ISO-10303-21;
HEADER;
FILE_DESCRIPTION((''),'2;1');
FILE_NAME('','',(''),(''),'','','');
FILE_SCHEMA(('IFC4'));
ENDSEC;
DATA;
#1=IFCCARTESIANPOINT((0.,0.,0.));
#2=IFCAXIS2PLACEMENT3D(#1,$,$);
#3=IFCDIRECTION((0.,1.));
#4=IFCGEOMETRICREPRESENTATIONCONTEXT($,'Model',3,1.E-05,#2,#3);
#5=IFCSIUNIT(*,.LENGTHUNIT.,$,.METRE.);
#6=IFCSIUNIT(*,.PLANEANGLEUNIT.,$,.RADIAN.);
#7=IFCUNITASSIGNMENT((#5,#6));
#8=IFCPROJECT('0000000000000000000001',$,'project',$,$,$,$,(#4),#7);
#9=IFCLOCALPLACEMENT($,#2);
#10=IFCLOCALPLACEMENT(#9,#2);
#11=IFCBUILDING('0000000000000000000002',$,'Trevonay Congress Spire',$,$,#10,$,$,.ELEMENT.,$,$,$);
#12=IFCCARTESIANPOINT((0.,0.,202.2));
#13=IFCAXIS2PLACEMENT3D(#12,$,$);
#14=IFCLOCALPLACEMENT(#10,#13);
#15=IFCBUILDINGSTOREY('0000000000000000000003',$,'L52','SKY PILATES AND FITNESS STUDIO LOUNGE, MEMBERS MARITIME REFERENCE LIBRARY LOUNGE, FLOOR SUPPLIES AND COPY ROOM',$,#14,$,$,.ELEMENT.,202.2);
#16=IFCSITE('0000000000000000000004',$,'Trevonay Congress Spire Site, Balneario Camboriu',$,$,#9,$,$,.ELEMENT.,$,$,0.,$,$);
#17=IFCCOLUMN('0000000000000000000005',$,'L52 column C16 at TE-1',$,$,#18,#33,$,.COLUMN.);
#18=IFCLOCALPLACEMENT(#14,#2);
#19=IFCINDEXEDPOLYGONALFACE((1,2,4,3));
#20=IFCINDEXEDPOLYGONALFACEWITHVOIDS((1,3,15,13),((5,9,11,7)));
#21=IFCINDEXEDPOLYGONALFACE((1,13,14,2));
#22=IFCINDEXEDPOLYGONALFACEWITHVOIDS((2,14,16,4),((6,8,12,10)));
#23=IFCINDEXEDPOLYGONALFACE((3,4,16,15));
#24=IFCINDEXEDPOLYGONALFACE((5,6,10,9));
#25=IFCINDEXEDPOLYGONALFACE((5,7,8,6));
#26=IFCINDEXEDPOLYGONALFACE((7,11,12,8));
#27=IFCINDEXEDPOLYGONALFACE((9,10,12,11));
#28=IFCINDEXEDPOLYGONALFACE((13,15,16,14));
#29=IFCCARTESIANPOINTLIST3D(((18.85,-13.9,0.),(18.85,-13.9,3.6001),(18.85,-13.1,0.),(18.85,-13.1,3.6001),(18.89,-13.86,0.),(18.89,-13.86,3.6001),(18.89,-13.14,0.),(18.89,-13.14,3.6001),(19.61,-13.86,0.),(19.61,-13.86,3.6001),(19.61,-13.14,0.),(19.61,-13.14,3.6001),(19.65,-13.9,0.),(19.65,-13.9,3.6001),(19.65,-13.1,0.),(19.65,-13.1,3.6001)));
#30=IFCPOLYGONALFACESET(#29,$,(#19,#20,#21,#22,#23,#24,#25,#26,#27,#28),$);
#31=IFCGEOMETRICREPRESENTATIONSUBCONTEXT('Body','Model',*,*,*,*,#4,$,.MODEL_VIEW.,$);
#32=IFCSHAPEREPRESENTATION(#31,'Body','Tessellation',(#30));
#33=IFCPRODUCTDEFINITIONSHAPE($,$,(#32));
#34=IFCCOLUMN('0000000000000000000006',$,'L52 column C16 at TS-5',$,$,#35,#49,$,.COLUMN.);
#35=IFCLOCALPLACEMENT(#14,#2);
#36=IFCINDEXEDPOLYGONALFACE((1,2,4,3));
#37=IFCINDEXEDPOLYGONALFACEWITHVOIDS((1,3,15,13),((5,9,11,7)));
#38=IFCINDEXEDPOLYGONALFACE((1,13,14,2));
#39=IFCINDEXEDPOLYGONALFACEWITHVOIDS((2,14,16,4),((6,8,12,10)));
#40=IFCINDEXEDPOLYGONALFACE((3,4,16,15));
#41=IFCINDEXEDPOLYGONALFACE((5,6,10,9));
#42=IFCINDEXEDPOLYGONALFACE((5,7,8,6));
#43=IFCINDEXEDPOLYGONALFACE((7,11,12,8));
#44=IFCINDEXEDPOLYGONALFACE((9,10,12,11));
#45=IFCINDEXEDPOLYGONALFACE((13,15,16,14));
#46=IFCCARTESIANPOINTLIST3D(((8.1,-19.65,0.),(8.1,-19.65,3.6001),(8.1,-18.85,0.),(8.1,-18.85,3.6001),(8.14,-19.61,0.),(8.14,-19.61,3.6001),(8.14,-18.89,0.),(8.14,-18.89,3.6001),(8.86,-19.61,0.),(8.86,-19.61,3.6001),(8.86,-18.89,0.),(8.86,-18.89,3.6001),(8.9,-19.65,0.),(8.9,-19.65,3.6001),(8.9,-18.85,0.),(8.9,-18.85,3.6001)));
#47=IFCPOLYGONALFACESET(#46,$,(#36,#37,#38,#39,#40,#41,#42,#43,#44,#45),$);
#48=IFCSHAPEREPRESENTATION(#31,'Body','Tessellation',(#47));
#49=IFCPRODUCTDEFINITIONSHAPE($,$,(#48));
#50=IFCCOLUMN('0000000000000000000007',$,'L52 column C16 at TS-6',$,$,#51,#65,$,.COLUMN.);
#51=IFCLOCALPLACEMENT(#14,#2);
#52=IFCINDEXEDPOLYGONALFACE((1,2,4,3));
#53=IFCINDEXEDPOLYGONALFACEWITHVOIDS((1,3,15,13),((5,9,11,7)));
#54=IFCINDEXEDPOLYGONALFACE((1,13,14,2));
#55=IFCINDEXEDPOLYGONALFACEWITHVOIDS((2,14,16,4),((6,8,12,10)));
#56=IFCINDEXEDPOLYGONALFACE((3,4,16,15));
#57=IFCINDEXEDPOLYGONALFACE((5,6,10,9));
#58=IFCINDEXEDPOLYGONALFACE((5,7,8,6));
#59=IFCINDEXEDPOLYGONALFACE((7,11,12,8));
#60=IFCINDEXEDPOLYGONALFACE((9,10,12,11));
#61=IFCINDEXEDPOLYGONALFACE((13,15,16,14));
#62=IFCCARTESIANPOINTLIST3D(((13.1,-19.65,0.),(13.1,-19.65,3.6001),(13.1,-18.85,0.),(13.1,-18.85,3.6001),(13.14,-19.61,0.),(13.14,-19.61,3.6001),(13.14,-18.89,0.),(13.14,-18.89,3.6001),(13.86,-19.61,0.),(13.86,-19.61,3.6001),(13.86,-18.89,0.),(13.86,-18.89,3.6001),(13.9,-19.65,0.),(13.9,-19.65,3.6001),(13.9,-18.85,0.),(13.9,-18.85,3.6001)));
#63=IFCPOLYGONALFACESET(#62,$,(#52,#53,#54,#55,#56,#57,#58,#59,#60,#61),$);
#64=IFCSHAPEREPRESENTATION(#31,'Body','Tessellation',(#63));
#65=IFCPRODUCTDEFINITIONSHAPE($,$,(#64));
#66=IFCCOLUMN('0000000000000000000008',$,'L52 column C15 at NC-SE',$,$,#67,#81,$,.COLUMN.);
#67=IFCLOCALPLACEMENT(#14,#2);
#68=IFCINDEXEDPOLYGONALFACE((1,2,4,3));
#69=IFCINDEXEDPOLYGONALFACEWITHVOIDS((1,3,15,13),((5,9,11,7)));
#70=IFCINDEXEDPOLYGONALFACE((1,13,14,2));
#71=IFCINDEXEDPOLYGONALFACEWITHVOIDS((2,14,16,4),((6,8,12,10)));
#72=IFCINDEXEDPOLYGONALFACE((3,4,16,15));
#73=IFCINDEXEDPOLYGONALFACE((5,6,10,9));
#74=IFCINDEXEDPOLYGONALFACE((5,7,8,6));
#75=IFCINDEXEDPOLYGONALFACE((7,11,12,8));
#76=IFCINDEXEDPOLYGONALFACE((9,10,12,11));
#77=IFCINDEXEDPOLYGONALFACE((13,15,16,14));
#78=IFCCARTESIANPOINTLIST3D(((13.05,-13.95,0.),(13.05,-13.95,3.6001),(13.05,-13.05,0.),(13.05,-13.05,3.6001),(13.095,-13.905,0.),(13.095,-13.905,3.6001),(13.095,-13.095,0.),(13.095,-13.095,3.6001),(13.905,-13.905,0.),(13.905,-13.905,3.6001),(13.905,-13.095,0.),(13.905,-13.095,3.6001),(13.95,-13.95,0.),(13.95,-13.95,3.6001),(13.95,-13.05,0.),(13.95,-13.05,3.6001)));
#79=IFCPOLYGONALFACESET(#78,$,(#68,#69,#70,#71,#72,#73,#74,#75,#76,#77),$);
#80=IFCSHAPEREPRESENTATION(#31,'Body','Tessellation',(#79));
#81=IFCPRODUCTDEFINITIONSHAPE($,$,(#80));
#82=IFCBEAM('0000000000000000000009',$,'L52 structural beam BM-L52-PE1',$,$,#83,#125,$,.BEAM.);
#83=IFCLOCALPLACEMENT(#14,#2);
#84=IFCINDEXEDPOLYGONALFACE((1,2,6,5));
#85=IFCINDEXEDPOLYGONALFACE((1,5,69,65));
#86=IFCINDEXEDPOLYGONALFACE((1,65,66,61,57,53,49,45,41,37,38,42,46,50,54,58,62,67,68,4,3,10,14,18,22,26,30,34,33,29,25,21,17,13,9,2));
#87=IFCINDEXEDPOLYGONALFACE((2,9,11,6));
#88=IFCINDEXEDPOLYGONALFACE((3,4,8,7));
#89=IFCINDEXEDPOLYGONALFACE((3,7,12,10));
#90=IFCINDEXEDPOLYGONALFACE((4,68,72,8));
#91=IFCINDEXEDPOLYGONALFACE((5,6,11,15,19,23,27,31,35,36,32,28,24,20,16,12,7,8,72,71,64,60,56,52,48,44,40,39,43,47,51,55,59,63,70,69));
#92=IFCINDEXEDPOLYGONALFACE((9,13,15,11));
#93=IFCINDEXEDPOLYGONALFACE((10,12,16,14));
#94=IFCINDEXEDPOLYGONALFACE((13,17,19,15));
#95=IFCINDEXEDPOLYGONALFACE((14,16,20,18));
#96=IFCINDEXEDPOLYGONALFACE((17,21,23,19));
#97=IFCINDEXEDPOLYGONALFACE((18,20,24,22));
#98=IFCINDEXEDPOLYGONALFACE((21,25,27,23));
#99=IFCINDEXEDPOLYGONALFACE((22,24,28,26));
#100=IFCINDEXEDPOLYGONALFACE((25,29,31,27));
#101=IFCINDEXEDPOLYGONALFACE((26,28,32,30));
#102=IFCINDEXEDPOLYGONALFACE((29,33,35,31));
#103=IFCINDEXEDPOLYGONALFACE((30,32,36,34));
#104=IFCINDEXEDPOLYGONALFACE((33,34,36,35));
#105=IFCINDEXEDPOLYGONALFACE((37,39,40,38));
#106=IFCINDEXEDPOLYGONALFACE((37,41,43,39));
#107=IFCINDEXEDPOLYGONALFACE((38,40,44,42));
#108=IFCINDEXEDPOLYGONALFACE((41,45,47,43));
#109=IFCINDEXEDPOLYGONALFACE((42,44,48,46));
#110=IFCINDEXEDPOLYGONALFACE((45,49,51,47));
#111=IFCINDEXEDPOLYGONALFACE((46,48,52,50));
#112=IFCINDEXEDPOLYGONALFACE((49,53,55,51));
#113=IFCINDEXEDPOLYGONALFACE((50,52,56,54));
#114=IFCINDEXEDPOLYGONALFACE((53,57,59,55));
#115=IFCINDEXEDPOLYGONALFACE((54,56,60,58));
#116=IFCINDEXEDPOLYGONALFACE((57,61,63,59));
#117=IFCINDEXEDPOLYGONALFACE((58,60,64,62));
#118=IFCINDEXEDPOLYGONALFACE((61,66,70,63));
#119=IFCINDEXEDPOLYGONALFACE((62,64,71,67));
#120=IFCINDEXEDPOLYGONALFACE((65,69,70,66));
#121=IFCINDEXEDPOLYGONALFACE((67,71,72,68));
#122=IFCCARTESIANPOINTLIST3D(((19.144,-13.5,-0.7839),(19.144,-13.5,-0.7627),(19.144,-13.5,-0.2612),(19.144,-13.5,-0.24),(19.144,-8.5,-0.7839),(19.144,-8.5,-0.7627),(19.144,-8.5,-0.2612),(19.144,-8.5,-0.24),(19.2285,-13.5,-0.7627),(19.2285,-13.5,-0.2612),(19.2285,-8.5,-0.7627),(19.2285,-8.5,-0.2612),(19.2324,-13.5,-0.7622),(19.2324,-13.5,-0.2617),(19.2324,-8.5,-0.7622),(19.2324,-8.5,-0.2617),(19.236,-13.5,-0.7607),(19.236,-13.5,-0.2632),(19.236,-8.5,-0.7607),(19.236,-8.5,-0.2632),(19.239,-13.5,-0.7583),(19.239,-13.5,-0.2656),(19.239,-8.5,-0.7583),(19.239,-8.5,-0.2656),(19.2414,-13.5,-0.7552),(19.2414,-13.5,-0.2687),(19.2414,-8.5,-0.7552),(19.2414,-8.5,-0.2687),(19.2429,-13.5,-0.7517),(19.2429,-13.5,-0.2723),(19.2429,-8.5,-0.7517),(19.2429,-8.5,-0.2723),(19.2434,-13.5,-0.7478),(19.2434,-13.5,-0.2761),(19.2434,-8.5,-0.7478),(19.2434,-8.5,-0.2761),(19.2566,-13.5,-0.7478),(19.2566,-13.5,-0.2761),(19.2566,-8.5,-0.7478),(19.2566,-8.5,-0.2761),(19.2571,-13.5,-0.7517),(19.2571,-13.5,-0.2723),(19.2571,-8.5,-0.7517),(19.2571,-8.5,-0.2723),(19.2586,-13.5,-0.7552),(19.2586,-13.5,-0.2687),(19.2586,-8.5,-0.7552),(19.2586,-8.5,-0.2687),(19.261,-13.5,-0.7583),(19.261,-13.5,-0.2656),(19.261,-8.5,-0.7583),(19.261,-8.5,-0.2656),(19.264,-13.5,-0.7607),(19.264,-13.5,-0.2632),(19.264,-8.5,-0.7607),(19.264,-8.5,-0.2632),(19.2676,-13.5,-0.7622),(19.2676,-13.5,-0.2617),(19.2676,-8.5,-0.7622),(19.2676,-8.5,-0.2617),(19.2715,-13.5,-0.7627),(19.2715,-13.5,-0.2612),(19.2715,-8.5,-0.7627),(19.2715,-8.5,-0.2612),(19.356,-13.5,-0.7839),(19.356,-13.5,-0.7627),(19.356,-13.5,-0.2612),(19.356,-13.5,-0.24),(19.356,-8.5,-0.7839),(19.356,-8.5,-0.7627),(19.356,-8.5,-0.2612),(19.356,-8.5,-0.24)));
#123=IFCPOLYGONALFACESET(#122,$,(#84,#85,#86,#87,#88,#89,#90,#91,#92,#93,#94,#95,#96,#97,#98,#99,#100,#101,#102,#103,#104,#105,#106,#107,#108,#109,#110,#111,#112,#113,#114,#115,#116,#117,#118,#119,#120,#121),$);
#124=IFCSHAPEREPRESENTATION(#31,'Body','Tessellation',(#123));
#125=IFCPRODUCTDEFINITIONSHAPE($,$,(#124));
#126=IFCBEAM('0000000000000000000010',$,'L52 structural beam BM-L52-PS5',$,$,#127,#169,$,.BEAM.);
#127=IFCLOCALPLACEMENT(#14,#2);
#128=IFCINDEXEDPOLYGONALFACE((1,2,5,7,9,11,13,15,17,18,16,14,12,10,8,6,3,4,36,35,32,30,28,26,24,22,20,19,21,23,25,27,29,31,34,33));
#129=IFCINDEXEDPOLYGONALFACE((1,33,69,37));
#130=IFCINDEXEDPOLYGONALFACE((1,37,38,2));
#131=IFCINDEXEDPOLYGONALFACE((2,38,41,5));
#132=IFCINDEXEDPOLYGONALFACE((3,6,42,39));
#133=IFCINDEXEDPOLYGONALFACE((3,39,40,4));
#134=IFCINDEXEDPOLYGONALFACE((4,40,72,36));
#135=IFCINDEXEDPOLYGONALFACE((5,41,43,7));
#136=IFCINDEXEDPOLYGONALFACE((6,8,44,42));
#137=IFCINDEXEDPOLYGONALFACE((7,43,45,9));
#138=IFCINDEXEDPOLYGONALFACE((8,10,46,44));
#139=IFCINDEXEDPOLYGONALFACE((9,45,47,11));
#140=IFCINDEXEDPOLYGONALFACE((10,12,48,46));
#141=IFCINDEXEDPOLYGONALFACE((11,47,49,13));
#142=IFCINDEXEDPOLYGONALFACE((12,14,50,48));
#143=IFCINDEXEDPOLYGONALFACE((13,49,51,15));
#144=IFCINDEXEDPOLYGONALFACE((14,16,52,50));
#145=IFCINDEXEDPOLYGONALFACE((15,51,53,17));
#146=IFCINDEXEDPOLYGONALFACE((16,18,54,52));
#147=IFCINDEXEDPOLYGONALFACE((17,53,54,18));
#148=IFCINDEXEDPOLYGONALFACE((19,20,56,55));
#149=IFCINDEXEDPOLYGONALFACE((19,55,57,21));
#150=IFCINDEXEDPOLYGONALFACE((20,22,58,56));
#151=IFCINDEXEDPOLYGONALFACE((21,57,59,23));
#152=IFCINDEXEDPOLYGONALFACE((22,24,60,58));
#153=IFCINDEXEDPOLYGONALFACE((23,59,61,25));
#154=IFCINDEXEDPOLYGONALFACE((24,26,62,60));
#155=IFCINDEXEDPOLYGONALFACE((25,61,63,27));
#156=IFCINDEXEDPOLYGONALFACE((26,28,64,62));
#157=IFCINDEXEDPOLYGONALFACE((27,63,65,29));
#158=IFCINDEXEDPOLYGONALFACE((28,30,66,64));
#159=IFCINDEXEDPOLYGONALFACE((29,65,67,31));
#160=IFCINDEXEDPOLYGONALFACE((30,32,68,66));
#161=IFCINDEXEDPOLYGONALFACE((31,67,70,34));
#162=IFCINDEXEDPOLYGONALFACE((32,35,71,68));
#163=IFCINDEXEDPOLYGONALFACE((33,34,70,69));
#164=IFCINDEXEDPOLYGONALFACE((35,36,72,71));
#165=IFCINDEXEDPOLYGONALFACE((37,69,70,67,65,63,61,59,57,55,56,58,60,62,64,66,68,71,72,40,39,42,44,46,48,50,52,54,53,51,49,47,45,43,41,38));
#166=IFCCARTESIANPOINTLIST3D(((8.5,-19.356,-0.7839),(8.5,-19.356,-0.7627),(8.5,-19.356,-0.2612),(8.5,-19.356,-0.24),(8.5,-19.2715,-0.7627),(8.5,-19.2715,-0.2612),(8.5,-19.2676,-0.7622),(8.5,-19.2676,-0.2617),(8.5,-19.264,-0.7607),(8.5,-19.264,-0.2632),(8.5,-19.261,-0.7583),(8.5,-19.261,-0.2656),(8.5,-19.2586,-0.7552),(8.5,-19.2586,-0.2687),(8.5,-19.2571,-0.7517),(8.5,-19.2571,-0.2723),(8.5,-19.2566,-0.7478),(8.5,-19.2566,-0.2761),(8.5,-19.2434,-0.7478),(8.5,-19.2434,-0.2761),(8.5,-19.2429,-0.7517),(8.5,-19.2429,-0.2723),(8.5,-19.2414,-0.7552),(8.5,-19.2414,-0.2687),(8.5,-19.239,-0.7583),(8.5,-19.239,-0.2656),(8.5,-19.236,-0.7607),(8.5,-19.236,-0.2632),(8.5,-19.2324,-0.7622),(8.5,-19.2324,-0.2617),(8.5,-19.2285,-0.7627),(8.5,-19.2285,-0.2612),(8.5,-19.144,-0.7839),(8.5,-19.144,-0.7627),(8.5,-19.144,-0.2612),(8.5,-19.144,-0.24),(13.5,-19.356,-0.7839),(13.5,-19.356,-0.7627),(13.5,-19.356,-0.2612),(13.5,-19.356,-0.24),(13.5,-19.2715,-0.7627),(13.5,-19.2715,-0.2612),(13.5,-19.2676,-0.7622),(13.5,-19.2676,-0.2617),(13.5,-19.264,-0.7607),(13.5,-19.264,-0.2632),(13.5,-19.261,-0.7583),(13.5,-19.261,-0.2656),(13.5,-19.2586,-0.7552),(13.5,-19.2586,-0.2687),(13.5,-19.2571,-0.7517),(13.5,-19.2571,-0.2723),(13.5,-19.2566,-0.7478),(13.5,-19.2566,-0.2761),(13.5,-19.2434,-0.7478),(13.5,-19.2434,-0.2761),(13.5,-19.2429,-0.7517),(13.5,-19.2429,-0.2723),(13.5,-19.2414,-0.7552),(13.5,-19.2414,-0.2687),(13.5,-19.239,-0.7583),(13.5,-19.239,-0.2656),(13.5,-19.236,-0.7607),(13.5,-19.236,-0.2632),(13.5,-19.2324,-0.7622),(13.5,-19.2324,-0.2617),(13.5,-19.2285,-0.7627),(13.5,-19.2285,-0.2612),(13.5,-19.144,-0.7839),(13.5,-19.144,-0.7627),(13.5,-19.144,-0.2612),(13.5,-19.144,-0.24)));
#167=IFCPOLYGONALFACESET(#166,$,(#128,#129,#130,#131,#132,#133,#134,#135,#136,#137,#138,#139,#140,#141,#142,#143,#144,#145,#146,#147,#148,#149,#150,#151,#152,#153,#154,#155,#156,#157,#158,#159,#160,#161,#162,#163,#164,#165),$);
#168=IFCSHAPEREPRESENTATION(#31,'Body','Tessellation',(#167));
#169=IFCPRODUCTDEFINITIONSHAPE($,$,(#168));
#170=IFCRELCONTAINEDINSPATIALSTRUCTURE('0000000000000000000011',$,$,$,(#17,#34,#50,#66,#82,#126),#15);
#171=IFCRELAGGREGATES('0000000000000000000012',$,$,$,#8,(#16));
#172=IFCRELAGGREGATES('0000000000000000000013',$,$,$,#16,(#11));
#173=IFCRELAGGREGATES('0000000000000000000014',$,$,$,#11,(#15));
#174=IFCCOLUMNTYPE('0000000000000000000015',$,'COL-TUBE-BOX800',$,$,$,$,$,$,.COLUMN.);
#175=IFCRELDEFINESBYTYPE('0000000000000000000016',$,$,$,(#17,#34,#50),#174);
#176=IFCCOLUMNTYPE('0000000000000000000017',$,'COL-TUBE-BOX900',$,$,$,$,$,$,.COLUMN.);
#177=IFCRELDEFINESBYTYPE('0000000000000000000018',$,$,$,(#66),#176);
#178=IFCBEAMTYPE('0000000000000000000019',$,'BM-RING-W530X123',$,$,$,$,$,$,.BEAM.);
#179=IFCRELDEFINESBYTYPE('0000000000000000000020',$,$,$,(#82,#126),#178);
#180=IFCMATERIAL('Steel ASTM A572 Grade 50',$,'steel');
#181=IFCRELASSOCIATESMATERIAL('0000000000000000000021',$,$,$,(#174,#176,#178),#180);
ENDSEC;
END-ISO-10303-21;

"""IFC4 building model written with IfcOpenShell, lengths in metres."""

from ifc_helpers import new_model, si_unit, direction, frame, origin, origin_2d, place, context, subcontext, project, spatial, hollow_rectangle, i_section, extrude, material, material_profile, profile_set, type_object, element, save


model = new_model("IFC4")

# Units and contexts
model_context = context("Model", 3, precision=1e-05, world=origin(), true_north=direction((0.0, 1.0)))
body_context = subcontext(model_context, "Body", "Model", "MODEL_VIEW")
ifc_project = project(units=[si_unit("LENGTHUNIT", "METRE"), si_unit("PLANEANGLEUNIT", "RADIAN")], contexts=[model_context])

# Site, building, storey
site_placement = place(None, origin())
site = spatial("IfcSite", under=ifc_project, at=site_placement, Name="Trevonay Congress Spire Site, Balneario Camboriu", CompositionType="ELEMENT", RefElevation=0.0)
building_placement = place(site_placement, origin())
building = spatial("IfcBuilding", under=site, at=building_placement, Name="Trevonay Congress Spire", CompositionType="ELEMENT")
storey_placement = place(building_placement, frame((0.0, 0.0, 202.2)))
storey = spatial("IfcBuildingStorey", under=building, at=storey_placement, Name="L52", Description="SKY PILATES AND FITNESS STUDIO LOUNGE, MEMBERS MARITIME REFERENCE LIBRARY LOUNGE, FLOOR SUPPLIES AND COPY ROOM", CompositionType="ELEMENT", Elevation=202.2)

# Columns
ifc_material_1 = material(Name="Steel ASTM A572 Grade 50", Category="steel")
ifc_material_profile_1 = material_profile(ifc_material_1, hollow_rectangle(XDim=0.8, YDim=0.8, WallThickness=0.04, at=origin_2d()), Name="BOX 800x800x40")
ifc_profile_set_1 = profile_set([ifc_material_profile_1], Name="Steel ASTM A572 Grade 50")
column_type_1 = type_object("IfcColumnType", Name="COL-TUBE-BOX800", PredefinedType="COLUMN", material=ifc_profile_set_1)
for number, where, z_axis, x_axis, name in (
    (1, (19.25, -13.5, 0.0), (0.0, 0.0, 1.0), (1.0, 0.0, 0.0), "L52 column C16 at TE-1"),
    (2, (8.5, -19.25, 0.0), (0.0, 0.0, 1.0), (1.0, 0.0, 0.0), "L52 column C16 at TS-5"),
    (3, (13.5, -19.25, 0.0), (0.0, 0.0, 1.0), (1.0, 0.0, 0.0), "L52 column C16 at TS-6"),
):
    element("IfcColumn", number, at=place(storey_placement, frame(where, z_axis=z_axis, x_axis=x_axis)), inside=storey, type_object=column_type_1, Name=name, PredefinedType="COLUMN", context=body_context, shape_type="SweptSolid", body=[
        extrude(hollow_rectangle(XDim=0.8, YDim=0.8, WallThickness=0.04, at=origin_2d()), origin(), (0.0, 0.0, 1.0), 3.6001),
    ])
ifc_material_profile_2 = material_profile(ifc_material_1, hollow_rectangle(XDim=0.8999, YDim=0.8999, WallThickness=0.0449, at=origin_2d()), Name="BOX 900x900x45")
ifc_profile_set_2 = profile_set([ifc_material_profile_2], Name="Steel ASTM A572 Grade 50")
column_type_2 = type_object("IfcColumnType", Name="COL-TUBE-BOX900", PredefinedType="COLUMN", material=ifc_profile_set_2)
column_placement = place(storey_placement, frame((13.5, -13.5, 0.0), z_axis=(0.0, 0.0, 1.0), x_axis=(1.0, 0.0, 0.0)))
element("IfcColumn", 4, at=column_placement, inside=storey, type_object=column_type_2, Name="L52 column C15 at NC-SE", PredefinedType="COLUMN", context=body_context, shape_type="SweptSolid", body=[
    extrude(hollow_rectangle(XDim=0.8999, YDim=0.8999, WallThickness=0.0449, at=origin_2d()), origin(), (0.0, 0.0, 1.0), 3.6001),
])

# Beams
ifc_material_profile_3 = material_profile(ifc_material_1, i_section(OverallWidth=0.2119, OverallDepth=0.5439, WebThickness=0.0132, FlangeThickness=0.0212, FilletRadius=0.0149, at=origin_2d()), Name="W530x123")
ifc_profile_set_3 = profile_set([ifc_material_profile_3], Name="Steel ASTM A572 Grade 50")
beam_type = type_object("IfcBeamType", Name="BM-RING-W530X123", PredefinedType="BEAM", material=ifc_profile_set_3)
for number, where, z_axis, x_axis, name in (
    (5, (19.25, -13.5, -0.512), (0.0, 1.0, 0.0), (-1.0, 0.0, 0.0), "L52 structural beam BM-L52-PE1"),
    (6, (8.5, -19.25, -0.512), (1.0, 0.0, 0.0), (0.0, 1.0, 0.0), "L52 structural beam BM-L52-PS5"),
):
    element("IfcBeam", number, at=place(storey_placement, frame(where, z_axis=z_axis, x_axis=x_axis)), inside=storey, type_object=beam_type, Name=name, PredefinedType="BEAM", context=body_context, shape_type="SweptSolid", body=[
        extrude(i_section(OverallWidth=0.2119, OverallDepth=0.5439, WebThickness=0.0132, FlangeThickness=0.0212, FilletRadius=0.0149, at=origin_2d()), origin(), (0.0, 0.0, 1.0), 5.0),
    ])

save(model, "model.ifc")
